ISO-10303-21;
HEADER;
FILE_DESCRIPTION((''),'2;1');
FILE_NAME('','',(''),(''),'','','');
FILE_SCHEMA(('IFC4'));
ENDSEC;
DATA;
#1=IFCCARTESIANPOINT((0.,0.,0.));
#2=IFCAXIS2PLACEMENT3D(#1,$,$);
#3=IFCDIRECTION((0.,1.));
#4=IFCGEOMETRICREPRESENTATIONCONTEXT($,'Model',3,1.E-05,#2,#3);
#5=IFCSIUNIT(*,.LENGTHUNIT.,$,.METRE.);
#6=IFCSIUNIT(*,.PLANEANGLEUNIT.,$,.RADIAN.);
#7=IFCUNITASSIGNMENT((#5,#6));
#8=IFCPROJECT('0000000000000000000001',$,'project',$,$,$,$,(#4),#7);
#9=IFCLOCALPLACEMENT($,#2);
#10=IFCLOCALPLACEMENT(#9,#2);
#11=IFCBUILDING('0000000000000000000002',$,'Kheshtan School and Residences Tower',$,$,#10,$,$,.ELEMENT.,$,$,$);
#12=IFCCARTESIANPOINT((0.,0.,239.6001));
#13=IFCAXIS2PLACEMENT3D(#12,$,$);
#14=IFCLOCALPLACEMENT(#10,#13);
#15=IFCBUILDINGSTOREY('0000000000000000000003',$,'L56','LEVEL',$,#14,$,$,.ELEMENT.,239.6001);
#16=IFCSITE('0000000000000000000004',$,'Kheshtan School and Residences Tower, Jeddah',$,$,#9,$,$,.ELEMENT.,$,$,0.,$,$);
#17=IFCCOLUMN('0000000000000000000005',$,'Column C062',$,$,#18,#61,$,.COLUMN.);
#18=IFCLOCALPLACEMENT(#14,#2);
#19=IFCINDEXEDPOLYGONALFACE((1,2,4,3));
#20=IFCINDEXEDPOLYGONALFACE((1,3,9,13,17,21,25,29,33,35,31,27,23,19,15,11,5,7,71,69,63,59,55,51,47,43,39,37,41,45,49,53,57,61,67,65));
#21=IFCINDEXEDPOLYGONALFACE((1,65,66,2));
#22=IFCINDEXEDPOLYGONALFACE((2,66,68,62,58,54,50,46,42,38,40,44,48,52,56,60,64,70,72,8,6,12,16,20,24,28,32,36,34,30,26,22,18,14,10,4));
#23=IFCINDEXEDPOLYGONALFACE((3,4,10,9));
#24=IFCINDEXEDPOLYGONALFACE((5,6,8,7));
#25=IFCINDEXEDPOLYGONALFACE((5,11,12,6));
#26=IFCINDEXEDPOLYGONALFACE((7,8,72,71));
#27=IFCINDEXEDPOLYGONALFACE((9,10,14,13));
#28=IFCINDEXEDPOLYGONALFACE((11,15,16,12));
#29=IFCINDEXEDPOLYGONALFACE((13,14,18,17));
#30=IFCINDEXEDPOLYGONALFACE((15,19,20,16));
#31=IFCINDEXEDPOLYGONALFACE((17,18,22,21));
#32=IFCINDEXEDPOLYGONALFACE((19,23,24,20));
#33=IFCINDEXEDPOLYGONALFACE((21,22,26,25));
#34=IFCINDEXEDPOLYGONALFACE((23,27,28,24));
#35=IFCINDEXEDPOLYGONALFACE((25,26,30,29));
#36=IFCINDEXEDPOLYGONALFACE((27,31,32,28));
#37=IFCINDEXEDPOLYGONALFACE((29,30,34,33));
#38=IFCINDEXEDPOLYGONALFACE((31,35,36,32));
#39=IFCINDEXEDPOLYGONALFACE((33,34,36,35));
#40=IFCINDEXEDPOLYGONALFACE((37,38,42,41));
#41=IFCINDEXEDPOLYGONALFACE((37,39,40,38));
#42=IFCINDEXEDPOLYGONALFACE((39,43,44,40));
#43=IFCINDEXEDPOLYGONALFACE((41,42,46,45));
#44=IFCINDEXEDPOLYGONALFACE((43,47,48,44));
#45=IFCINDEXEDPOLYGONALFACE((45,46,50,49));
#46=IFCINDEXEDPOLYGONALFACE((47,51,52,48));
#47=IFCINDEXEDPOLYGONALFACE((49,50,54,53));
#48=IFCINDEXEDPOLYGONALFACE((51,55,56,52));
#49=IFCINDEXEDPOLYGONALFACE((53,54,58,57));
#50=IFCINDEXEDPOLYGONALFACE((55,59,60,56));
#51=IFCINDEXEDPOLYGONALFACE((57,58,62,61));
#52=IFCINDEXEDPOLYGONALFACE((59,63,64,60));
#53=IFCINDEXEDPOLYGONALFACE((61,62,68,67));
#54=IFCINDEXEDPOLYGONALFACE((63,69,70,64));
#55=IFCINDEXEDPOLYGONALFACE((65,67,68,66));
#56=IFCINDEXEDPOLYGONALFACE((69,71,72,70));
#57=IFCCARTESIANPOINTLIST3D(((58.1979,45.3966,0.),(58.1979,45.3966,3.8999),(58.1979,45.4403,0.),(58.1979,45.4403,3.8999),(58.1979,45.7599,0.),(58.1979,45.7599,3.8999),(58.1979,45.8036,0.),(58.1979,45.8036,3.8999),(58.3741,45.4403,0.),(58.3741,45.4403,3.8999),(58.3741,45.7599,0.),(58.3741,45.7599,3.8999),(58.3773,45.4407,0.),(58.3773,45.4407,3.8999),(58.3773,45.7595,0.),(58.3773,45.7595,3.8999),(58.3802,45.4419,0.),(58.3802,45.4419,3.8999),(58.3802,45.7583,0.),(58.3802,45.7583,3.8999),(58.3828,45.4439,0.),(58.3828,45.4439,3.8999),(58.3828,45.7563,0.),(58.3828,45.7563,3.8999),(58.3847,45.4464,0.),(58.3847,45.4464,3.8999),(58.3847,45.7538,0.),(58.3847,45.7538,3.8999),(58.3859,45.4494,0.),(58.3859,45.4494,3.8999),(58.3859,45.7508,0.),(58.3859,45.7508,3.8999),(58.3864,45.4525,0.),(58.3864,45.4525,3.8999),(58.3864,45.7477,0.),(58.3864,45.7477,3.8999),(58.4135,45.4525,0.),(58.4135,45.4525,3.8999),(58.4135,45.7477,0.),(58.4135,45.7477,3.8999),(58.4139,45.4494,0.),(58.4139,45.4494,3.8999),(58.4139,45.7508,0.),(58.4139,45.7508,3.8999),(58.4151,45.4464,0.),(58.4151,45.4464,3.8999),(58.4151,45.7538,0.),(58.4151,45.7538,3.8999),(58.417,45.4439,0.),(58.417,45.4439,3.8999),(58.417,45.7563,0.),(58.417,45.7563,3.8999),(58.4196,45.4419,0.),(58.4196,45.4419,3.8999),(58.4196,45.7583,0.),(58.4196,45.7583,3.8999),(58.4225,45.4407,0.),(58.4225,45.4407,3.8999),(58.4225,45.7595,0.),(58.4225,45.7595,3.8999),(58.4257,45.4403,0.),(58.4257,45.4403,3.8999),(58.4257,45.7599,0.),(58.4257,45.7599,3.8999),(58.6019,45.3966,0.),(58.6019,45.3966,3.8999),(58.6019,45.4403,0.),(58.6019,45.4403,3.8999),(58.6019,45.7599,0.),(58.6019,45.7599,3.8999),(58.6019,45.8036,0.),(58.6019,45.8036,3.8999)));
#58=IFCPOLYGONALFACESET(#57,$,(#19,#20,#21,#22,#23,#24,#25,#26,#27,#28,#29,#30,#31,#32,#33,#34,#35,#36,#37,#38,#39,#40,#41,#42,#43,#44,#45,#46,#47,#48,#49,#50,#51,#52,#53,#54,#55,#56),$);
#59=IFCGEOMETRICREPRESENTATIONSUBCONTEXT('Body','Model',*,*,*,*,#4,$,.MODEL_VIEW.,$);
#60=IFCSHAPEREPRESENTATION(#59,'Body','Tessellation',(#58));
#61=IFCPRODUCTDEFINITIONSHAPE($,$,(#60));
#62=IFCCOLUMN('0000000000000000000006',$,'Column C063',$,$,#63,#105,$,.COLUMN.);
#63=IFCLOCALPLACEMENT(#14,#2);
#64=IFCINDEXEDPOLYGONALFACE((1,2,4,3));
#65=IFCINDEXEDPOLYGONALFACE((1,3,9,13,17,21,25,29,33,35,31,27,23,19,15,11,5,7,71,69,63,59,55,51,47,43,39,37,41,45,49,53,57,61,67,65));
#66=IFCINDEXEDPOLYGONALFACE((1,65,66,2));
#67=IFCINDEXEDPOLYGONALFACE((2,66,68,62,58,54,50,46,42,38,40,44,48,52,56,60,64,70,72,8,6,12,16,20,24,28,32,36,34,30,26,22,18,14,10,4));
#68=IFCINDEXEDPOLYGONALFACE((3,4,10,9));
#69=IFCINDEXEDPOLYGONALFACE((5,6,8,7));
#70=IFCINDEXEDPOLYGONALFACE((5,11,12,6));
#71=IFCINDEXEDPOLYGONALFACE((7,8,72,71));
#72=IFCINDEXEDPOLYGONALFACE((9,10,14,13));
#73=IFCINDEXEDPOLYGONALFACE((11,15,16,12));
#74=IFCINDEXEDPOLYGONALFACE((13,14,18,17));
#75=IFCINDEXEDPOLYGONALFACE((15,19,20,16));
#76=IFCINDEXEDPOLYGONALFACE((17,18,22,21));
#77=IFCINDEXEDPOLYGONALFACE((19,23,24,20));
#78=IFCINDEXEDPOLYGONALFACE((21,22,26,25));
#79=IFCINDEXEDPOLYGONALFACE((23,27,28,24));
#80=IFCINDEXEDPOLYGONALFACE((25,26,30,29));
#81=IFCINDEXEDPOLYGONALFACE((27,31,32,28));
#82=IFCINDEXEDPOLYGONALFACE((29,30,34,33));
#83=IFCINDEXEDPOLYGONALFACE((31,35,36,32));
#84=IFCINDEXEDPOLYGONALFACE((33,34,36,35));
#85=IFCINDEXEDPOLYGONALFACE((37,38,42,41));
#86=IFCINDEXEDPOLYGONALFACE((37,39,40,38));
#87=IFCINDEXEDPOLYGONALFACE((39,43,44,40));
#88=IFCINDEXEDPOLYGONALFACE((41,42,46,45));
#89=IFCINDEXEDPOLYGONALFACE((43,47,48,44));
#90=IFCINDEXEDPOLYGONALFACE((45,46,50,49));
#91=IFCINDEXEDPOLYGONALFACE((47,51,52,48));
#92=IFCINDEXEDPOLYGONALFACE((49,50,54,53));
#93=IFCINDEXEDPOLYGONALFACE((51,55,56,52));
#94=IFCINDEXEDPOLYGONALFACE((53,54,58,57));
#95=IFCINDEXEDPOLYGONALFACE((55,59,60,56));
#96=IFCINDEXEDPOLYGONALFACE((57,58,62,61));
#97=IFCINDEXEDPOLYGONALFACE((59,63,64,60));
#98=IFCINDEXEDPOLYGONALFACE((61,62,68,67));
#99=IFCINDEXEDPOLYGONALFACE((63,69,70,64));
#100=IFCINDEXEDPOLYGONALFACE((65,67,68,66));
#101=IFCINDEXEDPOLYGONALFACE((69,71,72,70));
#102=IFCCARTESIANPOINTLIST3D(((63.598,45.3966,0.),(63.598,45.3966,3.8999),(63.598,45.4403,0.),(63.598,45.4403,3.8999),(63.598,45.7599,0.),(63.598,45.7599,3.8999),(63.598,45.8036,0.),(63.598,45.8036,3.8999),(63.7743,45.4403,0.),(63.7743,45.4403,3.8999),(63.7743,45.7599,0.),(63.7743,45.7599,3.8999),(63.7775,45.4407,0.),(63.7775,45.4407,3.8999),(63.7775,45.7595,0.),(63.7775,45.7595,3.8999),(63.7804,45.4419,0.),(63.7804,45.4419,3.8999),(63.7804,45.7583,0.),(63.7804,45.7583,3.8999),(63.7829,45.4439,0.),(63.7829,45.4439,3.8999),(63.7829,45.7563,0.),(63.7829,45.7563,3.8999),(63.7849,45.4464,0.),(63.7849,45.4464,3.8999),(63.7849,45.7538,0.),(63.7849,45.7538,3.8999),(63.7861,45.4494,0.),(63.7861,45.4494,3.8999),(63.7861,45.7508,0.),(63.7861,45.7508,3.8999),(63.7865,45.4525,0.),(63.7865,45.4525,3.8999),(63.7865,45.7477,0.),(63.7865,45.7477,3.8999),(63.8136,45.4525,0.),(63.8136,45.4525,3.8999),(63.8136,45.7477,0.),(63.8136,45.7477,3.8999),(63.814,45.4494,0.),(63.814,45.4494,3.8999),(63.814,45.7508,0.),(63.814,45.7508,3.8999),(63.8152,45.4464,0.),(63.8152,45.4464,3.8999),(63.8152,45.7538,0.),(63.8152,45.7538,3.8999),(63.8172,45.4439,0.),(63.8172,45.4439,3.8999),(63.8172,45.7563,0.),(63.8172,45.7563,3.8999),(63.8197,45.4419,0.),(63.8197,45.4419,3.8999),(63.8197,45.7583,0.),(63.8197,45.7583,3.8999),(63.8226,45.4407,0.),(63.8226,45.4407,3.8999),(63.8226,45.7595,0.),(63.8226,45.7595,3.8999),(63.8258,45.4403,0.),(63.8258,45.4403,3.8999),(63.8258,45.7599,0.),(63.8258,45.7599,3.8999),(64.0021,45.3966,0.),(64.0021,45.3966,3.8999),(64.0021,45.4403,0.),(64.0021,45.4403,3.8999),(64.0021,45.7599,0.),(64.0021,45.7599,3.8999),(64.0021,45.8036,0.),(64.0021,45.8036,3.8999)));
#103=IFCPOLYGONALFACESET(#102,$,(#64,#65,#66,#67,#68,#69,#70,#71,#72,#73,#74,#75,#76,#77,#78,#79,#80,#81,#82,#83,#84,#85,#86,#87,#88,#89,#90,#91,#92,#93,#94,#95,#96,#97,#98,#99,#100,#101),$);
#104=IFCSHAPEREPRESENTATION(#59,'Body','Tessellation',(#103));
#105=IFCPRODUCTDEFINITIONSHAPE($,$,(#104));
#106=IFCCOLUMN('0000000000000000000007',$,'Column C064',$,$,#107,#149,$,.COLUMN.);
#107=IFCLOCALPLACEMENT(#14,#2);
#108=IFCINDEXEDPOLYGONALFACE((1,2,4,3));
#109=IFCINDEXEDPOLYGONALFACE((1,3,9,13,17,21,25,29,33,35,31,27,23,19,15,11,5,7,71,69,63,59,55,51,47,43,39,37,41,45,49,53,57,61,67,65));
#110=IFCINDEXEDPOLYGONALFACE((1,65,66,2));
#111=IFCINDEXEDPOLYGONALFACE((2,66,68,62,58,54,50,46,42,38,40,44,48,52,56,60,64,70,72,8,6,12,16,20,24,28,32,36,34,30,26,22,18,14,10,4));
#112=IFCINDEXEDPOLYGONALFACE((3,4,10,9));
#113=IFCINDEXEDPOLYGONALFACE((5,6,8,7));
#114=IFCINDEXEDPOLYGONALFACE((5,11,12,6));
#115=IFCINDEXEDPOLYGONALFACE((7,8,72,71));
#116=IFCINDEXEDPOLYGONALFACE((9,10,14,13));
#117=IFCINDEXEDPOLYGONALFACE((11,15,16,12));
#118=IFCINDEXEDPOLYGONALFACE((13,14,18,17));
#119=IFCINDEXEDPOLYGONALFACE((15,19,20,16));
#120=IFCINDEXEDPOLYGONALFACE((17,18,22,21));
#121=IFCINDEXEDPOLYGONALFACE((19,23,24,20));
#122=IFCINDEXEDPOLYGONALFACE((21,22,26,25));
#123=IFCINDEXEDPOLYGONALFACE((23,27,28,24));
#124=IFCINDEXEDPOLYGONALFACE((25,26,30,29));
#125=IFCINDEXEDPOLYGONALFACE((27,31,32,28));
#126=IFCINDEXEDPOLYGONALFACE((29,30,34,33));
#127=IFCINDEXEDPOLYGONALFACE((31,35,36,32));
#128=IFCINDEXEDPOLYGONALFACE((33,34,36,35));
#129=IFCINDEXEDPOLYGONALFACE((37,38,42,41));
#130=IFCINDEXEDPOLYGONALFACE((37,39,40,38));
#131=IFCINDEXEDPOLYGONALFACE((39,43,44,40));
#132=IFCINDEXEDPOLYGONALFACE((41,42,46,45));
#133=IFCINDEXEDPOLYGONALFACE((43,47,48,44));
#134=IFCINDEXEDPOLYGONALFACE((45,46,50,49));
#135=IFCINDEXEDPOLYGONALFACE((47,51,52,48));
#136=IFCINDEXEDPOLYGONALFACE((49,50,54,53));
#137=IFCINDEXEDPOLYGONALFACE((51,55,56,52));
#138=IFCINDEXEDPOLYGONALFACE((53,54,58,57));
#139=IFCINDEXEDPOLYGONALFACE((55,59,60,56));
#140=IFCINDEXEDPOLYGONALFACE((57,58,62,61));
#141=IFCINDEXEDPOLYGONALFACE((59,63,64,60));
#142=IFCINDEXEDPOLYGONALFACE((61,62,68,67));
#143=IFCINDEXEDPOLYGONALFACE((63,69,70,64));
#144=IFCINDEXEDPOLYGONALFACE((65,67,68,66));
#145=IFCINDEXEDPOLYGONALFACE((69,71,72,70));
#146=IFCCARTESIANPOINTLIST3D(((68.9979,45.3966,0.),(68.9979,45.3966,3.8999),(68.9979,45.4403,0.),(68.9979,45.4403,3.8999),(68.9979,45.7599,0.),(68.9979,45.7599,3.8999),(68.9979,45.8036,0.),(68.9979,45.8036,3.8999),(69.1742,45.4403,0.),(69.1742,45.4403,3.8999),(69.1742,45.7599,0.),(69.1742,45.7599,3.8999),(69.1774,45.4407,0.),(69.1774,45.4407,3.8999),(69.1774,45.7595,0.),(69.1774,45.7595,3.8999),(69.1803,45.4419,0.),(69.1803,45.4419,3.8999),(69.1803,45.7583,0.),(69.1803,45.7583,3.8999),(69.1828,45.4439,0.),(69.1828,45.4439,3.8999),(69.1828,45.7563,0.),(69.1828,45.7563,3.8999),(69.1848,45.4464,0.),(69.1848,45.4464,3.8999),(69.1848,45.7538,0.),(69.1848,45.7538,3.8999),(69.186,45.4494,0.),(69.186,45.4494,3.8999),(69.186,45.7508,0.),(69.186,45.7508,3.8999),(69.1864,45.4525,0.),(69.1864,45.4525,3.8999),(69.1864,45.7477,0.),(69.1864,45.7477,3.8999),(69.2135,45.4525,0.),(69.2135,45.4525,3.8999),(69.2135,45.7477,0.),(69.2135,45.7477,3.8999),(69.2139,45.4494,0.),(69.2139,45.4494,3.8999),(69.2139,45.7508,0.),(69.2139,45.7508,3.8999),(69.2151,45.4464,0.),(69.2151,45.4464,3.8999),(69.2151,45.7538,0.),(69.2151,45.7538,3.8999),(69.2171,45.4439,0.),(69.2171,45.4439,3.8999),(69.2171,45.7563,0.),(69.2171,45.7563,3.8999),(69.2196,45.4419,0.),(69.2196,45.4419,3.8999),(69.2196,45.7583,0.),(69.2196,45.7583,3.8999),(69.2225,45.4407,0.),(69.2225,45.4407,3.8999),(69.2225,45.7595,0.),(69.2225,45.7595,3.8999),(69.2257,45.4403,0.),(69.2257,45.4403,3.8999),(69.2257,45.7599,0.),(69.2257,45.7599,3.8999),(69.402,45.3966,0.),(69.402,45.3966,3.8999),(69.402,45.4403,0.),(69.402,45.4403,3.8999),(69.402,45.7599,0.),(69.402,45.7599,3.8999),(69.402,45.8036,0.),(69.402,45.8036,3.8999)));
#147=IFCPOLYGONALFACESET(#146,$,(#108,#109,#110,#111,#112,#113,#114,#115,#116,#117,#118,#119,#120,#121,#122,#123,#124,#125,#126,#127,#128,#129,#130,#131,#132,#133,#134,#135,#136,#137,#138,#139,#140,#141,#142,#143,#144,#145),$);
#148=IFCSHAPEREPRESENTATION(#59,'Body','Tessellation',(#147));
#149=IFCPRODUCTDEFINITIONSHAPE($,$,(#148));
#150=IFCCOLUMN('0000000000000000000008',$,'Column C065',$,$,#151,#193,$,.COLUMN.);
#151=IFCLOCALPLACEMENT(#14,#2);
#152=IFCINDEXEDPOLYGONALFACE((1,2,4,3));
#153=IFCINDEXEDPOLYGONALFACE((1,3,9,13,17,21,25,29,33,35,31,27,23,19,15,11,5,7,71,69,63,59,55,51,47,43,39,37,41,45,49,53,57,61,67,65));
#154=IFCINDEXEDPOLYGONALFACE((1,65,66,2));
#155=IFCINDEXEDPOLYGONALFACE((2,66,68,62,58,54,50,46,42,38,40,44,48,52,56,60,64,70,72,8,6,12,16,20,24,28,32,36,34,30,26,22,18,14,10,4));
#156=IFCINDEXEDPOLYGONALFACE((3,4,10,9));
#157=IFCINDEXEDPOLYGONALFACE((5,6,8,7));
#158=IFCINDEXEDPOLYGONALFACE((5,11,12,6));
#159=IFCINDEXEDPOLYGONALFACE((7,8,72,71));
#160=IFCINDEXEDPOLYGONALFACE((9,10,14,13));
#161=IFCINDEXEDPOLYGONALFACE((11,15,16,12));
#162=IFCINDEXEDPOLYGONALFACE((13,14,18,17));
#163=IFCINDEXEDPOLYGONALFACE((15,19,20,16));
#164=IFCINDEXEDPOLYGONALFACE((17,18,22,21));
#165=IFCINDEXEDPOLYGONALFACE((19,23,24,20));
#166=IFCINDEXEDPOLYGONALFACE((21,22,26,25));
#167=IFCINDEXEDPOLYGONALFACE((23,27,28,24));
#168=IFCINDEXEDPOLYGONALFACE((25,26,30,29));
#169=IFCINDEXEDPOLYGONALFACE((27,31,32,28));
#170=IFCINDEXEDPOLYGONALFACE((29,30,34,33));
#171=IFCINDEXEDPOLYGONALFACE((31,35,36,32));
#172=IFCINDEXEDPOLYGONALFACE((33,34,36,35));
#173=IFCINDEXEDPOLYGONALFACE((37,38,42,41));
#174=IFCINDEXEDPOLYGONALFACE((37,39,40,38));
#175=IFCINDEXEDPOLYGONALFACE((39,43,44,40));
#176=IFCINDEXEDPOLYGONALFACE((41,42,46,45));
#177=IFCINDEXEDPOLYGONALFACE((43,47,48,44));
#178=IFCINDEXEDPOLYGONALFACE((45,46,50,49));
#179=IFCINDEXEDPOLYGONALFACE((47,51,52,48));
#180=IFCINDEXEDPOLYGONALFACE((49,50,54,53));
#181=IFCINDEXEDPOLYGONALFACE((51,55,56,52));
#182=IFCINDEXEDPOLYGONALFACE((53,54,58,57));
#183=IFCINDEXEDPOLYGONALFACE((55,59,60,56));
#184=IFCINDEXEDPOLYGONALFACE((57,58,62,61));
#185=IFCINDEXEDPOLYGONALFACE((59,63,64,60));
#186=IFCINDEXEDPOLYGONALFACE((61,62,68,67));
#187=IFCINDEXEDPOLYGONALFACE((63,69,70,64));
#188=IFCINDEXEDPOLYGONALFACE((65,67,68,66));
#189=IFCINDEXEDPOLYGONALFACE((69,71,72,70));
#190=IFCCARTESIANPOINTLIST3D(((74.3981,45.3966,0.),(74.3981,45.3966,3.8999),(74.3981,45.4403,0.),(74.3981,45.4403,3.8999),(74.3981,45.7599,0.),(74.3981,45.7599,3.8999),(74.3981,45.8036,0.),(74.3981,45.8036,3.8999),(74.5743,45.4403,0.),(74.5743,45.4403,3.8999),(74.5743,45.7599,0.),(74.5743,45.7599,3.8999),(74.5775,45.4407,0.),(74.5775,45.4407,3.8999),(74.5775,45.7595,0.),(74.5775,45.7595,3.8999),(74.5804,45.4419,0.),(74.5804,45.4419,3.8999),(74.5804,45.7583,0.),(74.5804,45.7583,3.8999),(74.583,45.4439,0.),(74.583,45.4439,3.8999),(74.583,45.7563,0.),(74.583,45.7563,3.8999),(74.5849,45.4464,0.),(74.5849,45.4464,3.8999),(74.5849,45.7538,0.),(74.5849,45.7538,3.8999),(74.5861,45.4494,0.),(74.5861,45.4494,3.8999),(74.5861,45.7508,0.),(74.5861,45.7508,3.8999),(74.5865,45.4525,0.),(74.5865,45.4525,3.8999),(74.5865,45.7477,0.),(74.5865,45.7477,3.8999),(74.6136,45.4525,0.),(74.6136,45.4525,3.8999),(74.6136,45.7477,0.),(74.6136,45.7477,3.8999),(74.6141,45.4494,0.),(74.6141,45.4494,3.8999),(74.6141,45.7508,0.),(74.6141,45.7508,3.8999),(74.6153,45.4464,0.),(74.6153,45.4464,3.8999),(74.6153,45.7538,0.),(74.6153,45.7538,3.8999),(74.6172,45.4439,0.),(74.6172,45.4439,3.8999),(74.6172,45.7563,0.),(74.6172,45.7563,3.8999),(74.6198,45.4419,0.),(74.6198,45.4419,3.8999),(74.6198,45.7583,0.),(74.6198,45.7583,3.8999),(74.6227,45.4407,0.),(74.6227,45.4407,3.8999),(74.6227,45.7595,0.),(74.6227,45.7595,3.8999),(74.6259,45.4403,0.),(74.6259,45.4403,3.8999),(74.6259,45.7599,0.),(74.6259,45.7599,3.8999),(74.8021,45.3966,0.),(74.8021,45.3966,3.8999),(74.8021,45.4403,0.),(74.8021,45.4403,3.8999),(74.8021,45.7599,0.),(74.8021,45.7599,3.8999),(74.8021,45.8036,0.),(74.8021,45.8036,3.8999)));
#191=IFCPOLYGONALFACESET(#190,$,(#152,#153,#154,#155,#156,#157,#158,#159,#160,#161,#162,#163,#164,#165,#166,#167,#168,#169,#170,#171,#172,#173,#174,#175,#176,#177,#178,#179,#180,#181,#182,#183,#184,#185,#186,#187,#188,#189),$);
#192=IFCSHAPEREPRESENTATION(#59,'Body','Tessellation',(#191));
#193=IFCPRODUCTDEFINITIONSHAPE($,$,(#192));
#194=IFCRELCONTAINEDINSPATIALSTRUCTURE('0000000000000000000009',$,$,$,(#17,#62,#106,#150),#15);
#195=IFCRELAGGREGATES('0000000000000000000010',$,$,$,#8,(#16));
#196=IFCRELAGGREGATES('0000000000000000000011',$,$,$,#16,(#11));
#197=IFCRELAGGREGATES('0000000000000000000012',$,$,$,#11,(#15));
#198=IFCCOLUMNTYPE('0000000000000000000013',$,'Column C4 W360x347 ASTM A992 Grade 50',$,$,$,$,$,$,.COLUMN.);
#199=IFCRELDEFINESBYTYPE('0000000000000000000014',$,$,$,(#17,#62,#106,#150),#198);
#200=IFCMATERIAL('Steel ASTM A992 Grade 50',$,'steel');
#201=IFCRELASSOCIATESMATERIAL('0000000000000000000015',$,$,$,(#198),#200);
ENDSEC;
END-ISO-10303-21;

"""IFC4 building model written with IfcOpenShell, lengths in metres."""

from ifc_helpers import new_model, si_unit, direction, frame, origin, origin_2d, place, context, subcontext, project, spatial, i_section, extrude, material, material_profile, profile_set, type_object, element, save


model = new_model("IFC4")

# Units and contexts
model_context = context("Model", 3, precision=1e-05, world=origin(), true_north=direction((0.0, 1.0)))
body_context = subcontext(model_context, "Body", "Model", "MODEL_VIEW")
ifc_project = project(units=[si_unit("LENGTHUNIT", "METRE"), si_unit("PLANEANGLEUNIT", "RADIAN")], contexts=[model_context])

# Site, building, storey
site_placement = place(None, origin())
site = spatial("IfcSite", under=ifc_project, at=site_placement, Name="Kheshtan School and Residences Tower, Jeddah", CompositionType="ELEMENT", RefElevation=0.0)
building_placement = place(site_placement, origin())
building = spatial("IfcBuilding", under=site, at=building_placement, Name="Kheshtan School and Residences Tower", CompositionType="ELEMENT")
storey_placement = place(building_placement, frame((0.0, 0.0, 239.6001)))
storey = spatial("IfcBuildingStorey", under=building, at=storey_placement, Name="L56", Description="LEVEL", CompositionType="ELEMENT", Elevation=239.6001)

# Columns
ifc_material_1 = material(Name="Steel ASTM A992 Grade 50", Category="steel")
ifc_material_profile_1 = material_profile(ifc_material_1, i_section(OverallWidth=0.4041, OverallDepth=0.407, WebThickness=0.0271, FlangeThickness=0.0437, FilletRadius=0.0122, at=origin_2d()), Name="W360x347")
ifc_profile_set_1 = profile_set([ifc_material_profile_1], Name="Steel ASTM A992 Grade 50")
column_type = type_object("IfcColumnType", Name="Column C4 W360x347 ASTM A992 Grade 50", PredefinedType="COLUMN", material=ifc_profile_set_1)
for number, where, z_axis, x_axis, name in (
    (1, (58.3999, 45.6001, 0.0), (0.0, 0.0, 1.0), (1.0, 0.0, 0.0), "Column C062"),
    (2, (63.8, 45.6001, 0.0), (0.0, 0.0, 1.0), (1.0, 0.0, 0.0), "Column C063"),
    (3, (69.2, 45.6001, 0.0), (0.0, 0.0, 1.0), (1.0, 0.0, 0.0), "Column C064"),
    (4, (74.6001, 45.6001, 0.0), (0.0, 0.0, 1.0), (1.0, 0.0, 0.0), "Column C065"),
):
    element("IfcColumn", number, at=place(storey_placement, frame(where, z_axis=z_axis, x_axis=x_axis)), inside=storey, type_object=column_type, Name=name, PredefinedType="COLUMN", context=body_context, shape_type="SweptSolid", body=[
        extrude(i_section(OverallWidth=0.4041, OverallDepth=0.407, WebThickness=0.0271, FlangeThickness=0.0437, FilletRadius=0.0122, at=origin_2d()), origin(), (0.0, 0.0, 1.0), 3.8999),
    ])

save(model, "model.ifc")
